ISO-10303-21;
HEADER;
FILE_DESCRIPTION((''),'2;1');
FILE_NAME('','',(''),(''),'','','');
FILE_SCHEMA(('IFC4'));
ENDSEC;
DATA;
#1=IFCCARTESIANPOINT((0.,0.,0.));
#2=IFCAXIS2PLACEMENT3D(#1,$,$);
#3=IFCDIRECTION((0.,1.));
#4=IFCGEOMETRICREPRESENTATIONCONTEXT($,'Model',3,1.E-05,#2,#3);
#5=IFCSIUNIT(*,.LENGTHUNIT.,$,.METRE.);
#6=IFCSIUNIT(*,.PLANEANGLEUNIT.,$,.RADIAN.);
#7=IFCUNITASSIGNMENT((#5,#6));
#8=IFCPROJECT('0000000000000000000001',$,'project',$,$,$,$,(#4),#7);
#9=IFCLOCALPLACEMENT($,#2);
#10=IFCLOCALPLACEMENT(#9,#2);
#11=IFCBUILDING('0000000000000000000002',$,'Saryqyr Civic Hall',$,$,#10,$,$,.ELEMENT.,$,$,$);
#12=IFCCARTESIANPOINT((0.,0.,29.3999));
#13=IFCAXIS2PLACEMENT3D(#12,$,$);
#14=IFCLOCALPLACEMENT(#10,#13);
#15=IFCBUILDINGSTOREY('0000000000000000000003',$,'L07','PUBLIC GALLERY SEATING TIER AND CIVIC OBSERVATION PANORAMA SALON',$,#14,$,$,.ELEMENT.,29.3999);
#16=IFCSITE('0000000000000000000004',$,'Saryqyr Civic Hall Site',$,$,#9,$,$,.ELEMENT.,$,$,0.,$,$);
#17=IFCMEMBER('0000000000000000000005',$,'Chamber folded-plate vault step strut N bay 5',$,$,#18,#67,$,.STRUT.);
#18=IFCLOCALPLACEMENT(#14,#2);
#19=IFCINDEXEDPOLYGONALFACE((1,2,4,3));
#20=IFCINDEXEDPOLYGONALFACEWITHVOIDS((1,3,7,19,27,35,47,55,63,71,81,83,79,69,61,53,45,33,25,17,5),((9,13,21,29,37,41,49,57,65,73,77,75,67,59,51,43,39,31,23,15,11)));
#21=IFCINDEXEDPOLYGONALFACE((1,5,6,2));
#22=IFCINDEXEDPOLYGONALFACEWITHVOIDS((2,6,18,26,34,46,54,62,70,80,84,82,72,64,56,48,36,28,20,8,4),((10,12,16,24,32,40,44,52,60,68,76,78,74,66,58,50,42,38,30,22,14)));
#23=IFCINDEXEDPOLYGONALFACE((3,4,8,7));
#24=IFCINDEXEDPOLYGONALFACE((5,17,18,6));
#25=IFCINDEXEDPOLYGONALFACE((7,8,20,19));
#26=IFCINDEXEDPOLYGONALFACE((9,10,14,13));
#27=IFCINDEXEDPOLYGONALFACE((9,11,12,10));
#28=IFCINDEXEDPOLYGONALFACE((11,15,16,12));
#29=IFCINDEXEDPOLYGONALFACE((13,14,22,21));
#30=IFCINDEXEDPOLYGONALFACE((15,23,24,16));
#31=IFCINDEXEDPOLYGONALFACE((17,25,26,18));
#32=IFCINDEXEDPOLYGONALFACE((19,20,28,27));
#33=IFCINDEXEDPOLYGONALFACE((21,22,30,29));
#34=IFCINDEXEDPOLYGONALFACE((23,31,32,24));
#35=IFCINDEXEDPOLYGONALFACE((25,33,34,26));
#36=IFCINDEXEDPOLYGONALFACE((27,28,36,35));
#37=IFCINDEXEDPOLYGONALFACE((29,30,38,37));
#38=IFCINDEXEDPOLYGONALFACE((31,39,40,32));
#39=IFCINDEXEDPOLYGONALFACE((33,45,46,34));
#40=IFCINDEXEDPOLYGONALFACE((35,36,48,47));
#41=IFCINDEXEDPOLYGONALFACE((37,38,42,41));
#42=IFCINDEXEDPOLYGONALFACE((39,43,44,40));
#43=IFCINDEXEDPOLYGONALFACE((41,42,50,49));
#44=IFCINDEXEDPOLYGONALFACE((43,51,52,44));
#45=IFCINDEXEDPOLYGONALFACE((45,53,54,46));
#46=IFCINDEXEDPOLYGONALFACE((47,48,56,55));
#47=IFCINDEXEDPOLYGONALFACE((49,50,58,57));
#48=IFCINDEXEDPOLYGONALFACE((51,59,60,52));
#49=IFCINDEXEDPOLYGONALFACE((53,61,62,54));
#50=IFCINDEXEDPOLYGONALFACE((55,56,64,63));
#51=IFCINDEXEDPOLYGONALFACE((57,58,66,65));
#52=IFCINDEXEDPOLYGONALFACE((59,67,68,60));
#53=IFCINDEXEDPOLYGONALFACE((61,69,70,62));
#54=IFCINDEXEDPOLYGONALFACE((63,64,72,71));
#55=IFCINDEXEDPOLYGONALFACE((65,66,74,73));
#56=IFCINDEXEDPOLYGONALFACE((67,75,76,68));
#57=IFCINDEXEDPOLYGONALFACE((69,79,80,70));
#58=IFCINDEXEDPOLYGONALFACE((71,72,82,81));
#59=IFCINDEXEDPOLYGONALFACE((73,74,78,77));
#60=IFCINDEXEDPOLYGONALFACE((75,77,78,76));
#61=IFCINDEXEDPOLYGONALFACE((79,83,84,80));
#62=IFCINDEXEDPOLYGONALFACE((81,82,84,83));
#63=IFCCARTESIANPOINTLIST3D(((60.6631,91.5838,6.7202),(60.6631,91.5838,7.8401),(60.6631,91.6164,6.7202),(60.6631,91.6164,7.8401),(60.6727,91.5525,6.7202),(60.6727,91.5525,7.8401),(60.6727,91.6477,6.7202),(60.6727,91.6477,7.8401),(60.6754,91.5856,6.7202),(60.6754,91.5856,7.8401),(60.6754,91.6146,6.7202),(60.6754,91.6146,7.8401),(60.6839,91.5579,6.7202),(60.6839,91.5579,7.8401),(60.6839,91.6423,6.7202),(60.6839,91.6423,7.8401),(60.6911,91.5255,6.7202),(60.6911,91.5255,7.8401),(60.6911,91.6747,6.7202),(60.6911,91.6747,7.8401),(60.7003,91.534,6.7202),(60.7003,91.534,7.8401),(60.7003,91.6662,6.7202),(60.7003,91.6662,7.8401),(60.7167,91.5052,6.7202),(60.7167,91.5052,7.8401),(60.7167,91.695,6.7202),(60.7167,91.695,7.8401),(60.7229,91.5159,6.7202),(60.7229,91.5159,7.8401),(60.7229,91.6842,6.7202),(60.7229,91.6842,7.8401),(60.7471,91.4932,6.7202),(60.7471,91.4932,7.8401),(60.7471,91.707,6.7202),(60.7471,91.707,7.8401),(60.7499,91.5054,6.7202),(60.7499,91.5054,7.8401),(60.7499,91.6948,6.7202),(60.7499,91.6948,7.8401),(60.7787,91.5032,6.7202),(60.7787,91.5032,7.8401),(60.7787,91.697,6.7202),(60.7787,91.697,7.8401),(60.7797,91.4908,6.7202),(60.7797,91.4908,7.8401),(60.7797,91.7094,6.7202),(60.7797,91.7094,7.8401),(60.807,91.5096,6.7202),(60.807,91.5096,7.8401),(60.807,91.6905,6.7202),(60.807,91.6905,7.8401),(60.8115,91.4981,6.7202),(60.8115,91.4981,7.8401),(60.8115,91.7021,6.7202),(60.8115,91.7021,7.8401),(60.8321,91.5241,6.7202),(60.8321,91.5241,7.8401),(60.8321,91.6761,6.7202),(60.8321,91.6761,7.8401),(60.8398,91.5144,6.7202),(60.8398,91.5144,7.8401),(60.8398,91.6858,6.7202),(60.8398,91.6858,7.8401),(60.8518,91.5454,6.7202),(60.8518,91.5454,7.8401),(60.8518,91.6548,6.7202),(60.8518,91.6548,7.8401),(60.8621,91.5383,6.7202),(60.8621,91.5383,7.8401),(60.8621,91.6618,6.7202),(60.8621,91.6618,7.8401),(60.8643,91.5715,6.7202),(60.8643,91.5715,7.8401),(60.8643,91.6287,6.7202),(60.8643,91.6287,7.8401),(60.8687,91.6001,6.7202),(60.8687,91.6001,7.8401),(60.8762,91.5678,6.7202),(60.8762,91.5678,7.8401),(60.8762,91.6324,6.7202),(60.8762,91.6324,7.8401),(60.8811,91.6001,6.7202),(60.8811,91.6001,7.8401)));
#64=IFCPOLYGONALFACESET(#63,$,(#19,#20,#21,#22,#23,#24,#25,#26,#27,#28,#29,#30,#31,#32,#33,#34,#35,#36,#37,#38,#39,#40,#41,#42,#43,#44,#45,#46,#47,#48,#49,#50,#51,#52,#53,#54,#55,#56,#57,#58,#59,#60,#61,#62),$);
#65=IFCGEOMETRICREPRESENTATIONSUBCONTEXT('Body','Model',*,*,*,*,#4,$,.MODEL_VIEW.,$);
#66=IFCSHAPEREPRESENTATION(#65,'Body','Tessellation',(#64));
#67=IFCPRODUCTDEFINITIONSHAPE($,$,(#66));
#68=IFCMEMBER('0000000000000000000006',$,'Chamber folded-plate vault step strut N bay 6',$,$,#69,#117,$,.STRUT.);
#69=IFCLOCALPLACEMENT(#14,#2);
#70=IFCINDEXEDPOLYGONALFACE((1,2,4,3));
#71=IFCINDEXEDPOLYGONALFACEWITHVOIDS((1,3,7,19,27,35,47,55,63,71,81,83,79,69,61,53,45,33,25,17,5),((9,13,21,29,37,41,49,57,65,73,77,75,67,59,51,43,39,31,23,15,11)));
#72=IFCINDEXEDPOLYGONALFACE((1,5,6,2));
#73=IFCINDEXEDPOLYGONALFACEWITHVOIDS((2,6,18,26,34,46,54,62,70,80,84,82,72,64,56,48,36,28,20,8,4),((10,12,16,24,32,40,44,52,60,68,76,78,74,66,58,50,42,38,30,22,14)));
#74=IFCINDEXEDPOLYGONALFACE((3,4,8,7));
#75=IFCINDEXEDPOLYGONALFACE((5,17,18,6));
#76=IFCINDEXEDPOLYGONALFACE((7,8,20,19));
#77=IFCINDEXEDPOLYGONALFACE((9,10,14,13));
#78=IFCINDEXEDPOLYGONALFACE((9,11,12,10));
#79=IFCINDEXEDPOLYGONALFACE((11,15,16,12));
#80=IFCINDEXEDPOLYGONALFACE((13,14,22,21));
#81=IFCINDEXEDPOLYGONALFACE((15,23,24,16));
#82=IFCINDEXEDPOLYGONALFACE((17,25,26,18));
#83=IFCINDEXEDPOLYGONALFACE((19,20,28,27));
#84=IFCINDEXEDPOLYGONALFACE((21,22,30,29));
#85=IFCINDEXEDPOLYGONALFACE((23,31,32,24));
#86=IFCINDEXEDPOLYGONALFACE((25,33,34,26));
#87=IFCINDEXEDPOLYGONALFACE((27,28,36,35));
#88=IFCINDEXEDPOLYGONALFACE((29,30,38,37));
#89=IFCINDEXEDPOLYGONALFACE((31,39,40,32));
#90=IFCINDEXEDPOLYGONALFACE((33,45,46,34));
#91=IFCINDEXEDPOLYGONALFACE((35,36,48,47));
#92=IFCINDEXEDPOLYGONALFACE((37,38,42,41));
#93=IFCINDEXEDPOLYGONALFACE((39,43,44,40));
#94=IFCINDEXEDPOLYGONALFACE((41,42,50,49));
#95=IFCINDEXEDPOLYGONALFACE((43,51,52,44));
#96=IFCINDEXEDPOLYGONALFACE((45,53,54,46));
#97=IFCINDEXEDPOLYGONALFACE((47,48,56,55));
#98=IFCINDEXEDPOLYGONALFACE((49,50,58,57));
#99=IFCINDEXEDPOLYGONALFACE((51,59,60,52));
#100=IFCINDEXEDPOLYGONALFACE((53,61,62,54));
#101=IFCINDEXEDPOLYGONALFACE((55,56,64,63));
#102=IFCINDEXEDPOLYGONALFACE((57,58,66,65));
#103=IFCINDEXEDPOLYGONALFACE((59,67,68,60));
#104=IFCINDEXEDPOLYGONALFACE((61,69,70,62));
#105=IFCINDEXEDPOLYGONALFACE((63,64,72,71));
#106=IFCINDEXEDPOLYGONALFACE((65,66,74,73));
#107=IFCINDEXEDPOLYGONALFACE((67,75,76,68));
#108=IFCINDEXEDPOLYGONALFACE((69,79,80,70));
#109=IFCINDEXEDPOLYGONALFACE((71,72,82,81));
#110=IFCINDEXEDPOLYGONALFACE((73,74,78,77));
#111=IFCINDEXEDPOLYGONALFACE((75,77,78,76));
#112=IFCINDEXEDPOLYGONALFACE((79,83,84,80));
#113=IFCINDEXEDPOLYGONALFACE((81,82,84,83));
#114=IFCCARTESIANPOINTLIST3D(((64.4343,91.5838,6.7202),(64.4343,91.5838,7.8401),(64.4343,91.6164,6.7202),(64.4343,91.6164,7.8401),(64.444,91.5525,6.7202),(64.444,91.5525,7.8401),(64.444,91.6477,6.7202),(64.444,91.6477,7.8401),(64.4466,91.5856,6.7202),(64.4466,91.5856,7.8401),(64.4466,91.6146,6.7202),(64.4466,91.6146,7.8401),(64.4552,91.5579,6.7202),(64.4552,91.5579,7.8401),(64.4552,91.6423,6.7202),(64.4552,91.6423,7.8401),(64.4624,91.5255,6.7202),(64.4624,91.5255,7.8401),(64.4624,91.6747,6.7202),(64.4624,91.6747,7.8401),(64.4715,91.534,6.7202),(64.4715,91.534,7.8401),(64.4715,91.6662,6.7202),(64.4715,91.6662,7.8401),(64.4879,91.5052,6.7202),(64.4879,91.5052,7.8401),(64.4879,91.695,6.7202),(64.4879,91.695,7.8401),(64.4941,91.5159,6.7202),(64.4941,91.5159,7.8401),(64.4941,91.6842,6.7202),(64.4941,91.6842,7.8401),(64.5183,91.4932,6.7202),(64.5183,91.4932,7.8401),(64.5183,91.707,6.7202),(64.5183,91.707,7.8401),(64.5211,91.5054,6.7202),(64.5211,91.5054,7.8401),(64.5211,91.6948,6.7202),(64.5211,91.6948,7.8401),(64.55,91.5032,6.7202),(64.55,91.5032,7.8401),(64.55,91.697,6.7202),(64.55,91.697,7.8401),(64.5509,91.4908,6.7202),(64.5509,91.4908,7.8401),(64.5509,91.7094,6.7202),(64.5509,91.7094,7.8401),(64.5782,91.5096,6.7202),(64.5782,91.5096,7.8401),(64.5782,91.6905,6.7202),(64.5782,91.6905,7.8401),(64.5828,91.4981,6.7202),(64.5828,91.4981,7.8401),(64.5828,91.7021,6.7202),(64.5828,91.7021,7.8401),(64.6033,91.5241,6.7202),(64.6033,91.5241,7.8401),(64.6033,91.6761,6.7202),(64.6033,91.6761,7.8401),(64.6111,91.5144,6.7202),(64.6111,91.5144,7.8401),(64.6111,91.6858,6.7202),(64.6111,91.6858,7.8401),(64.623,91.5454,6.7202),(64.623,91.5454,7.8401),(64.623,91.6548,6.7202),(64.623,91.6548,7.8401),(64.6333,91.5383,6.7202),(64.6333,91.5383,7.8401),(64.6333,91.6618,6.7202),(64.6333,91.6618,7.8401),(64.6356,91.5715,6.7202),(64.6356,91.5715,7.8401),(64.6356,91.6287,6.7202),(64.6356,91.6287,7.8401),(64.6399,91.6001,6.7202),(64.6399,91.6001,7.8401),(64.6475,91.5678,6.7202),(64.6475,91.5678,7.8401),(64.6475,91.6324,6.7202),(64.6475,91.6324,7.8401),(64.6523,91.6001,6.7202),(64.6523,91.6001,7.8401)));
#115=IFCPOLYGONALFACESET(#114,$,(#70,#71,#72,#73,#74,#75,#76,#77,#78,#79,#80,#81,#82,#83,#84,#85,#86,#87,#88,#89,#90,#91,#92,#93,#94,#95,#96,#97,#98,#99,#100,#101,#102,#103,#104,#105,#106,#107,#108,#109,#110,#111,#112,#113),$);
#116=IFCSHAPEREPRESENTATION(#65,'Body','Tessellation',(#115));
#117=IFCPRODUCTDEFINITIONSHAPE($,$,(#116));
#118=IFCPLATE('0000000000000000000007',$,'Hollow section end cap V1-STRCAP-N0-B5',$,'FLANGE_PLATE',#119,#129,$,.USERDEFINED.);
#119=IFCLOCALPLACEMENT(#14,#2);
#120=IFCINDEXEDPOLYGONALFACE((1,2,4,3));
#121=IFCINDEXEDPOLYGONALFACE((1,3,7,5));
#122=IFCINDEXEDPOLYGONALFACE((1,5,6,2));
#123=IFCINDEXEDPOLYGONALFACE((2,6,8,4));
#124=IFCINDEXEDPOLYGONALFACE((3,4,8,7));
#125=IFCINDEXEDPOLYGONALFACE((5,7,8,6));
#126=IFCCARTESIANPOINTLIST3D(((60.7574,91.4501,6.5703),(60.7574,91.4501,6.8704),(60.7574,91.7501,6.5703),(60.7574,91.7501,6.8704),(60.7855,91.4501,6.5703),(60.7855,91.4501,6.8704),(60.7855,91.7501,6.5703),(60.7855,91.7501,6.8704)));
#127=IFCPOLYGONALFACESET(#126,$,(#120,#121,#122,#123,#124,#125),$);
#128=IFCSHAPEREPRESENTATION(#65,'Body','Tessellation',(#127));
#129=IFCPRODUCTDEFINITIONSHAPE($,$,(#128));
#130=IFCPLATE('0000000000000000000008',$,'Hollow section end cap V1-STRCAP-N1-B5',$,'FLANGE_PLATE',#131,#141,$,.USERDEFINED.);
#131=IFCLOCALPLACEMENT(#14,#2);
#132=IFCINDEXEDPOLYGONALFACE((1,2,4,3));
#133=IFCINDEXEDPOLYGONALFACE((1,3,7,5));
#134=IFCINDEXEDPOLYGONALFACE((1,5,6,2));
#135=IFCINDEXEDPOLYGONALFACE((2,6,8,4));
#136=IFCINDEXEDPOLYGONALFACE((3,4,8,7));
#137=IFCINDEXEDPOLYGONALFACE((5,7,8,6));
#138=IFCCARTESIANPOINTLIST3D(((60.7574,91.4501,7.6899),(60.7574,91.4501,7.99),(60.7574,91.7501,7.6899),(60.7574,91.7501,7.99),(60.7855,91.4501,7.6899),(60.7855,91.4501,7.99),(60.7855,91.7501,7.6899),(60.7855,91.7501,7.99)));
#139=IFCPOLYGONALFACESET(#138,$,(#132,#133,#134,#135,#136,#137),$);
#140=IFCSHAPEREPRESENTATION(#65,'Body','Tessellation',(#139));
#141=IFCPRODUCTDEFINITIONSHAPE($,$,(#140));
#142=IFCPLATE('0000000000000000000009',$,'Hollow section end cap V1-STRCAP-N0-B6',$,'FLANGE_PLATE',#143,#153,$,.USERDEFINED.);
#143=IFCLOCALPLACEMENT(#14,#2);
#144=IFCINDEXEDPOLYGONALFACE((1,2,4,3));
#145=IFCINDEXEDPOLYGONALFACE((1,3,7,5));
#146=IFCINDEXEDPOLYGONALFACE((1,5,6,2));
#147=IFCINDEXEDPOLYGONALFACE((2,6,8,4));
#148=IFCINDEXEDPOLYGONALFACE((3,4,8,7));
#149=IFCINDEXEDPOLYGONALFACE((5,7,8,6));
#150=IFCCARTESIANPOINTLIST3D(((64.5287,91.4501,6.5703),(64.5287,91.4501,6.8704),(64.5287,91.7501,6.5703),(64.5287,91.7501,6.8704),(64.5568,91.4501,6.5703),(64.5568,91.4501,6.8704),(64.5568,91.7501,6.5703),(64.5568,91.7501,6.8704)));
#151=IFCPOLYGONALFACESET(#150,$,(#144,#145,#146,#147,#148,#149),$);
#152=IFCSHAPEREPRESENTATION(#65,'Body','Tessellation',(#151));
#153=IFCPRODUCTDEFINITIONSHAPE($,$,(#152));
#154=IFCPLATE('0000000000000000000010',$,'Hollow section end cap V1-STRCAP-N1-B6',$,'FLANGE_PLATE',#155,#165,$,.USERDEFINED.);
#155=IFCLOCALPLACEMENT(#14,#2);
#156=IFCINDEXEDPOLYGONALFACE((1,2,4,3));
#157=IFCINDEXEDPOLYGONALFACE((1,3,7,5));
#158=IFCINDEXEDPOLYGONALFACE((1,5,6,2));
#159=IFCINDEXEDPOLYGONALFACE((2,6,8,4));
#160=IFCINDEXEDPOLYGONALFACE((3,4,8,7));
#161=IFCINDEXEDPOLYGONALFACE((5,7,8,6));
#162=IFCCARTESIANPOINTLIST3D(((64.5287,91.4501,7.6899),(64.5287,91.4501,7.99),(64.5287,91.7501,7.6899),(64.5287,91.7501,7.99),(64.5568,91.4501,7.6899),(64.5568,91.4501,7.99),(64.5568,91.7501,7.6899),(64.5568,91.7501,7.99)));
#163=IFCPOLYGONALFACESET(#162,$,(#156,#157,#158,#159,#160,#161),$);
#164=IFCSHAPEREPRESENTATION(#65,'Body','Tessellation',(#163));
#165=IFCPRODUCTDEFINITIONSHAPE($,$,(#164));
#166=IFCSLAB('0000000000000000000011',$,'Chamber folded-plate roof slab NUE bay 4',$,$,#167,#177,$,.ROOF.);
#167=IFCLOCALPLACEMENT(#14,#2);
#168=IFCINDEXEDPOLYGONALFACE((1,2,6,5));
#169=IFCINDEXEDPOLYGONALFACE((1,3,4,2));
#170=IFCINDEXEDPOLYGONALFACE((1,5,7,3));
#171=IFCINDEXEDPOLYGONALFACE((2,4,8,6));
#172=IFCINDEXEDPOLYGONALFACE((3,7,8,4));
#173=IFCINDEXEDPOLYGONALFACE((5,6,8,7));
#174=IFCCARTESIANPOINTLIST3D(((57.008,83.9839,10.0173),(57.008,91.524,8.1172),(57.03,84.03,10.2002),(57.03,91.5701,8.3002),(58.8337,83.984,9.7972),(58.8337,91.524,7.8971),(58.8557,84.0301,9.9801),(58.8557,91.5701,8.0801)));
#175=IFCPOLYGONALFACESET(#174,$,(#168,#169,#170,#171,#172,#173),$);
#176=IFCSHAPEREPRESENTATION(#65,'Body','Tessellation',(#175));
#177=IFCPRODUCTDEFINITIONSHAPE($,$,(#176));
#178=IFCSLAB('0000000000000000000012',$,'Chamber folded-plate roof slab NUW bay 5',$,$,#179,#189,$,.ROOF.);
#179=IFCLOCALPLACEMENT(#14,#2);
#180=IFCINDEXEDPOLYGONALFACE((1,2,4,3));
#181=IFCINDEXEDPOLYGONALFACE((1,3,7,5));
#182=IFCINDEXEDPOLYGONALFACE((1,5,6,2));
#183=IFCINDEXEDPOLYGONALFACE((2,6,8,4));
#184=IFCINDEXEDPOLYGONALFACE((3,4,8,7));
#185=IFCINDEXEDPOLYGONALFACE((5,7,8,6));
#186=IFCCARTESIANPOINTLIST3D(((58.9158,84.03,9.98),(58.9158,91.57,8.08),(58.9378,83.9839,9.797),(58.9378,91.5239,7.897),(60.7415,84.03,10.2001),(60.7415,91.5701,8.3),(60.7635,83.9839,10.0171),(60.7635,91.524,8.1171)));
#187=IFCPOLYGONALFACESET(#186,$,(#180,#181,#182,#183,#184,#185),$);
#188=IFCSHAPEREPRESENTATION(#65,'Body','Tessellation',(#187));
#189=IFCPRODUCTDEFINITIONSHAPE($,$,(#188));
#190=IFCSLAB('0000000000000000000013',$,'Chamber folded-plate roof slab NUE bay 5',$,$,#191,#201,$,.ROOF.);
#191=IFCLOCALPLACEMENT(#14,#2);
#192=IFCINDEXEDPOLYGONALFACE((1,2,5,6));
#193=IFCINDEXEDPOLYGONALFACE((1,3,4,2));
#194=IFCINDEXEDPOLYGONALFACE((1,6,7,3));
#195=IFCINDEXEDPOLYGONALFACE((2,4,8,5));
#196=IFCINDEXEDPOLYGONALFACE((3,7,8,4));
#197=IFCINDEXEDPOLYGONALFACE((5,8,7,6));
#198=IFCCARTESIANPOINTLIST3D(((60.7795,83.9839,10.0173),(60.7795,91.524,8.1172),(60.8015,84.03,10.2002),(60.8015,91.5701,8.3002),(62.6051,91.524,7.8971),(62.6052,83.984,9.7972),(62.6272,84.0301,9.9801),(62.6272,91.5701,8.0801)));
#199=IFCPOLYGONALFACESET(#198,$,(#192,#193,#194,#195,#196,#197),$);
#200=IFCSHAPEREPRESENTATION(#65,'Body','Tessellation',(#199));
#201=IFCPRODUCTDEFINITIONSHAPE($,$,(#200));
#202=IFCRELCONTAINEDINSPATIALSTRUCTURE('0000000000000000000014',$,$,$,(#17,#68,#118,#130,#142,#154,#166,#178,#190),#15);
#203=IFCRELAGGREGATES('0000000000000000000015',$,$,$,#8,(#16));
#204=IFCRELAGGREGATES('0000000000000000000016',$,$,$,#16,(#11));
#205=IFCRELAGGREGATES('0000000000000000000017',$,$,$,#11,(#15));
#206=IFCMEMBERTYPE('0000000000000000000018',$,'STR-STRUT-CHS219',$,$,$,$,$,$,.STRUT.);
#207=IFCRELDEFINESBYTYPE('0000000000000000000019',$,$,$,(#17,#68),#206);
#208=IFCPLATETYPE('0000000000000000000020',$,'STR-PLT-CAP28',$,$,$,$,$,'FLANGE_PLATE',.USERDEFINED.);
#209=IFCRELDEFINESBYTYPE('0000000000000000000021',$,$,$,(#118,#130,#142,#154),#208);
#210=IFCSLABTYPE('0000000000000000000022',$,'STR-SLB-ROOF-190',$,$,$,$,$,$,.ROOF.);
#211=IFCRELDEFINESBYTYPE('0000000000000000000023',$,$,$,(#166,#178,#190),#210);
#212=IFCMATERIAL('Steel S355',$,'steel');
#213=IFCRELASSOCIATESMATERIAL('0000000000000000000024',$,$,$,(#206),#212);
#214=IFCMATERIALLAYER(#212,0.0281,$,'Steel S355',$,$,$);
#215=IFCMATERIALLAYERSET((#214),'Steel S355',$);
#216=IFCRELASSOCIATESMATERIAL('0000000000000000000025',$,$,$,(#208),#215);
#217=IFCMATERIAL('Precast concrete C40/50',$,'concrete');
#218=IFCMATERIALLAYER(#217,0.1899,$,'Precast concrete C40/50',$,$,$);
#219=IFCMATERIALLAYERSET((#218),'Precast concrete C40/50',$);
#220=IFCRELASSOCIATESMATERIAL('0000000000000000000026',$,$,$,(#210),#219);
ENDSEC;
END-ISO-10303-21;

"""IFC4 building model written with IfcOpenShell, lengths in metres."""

from ifc_helpers import new_model, si_unit, direction, frame, origin, origin_2d, place, context, subcontext, project, spatial, polyline, rectangle, hollow_circle, outline, extrude, material, layer, layer_set, material_profile, profile_set, type_object, element, save


model = new_model("IFC4")

# Units and contexts
model_context = context("Model", 3, precision=1e-05, world=origin(), true_north=direction((0.0, 1.0)))
body_context = subcontext(model_context, "Body", "Model", "MODEL_VIEW")
ifc_project = project(units=[si_unit("LENGTHUNIT", "METRE"), si_unit("PLANEANGLEUNIT", "RADIAN")], contexts=[model_context])

# Site, building, storey
site_placement = place(None, origin())
site = spatial("IfcSite", under=ifc_project, at=site_placement, Name="Saryqyr Civic Hall Site", CompositionType="ELEMENT", RefElevation=0.0)
building_placement = place(site_placement, origin())
building = spatial("IfcBuilding", under=site, at=building_placement, Name="Saryqyr Civic Hall", CompositionType="ELEMENT")
storey_placement = place(building_placement, frame((0.0, 0.0, 29.3999)))
storey = spatial("IfcBuildingStorey", under=building, at=storey_placement, Name="L07", Description="PUBLIC GALLERY SEATING TIER AND CIVIC OBSERVATION PANORAMA SALON", CompositionType="ELEMENT", Elevation=29.3999)

# Shared definitions
ifc_material_1 = material(Name="Steel S355", Category="steel")

# Members
ifc_material_profile_1 = material_profile(ifc_material_1, hollow_circle(Radius=0.1096, WallThickness=0.0125, at=origin_2d()), Name="CHS 219.1x12.5")
ifc_profile_set_1 = profile_set([ifc_material_profile_1], Name="Steel S355")
member_type_1 = type_object("IfcMemberType", Name="STR-STRUT-CHS219", PredefinedType="STRUT", material=ifc_profile_set_1)
for number, where, z_axis, x_axis, name in (
    (1, (60.7715, 91.6001, 6.7202), (0.0, 0.0, 1.0), (1.0, 0.0, 0.0), "Chamber folded-plate vault step strut N bay 5"),
    (2, (64.5427, 91.6001, 6.7202), (0.0, 0.0, 1.0), (1.0, 0.0, 0.0), "Chamber folded-plate vault step strut N bay 6"),
):
    element("IfcMember", number, at=place(storey_placement, frame(where, z_axis=z_axis, x_axis=x_axis)), inside=storey, type_object=member_type_1, Name=name, PredefinedType="STRUT", context=body_context, shape_type="SweptSolid", body=[
        extrude(hollow_circle(Radius=0.1096, WallThickness=0.0125, at=origin_2d()), origin(), (0.0, 0.0, 1.0), 1.1199),
    ])

# Plates
ifc_layer_1 = layer(ifc_material_1, 0.0281, Name="Steel S355")
ifc_layer_set_1 = layer_set([ifc_layer_1], Name="Steel S355")
plate_type = type_object("IfcPlateType", Name="STR-PLT-CAP28", ElementType="FLANGE_PLATE", PredefinedType="USERDEFINED", material=ifc_layer_set_1)
for number, where, z_axis, x_axis, name in (
    (3, (60.7715, 91.6001, 6.5703), (0.0, 0.0, 1.0), (1.0, 0.0, 0.0), "Hollow section end cap V1-STRCAP-N0-B5"),
    (4, (60.7715, 91.6001, 7.6899), (0.0, 0.0, 1.0), (1.0, 0.0, 0.0), "Hollow section end cap V1-STRCAP-N1-B5"),
    (5, (64.5427, 91.6001, 6.5703), (0.0, 0.0, 1.0), (1.0, 0.0, 0.0), "Hollow section end cap V1-STRCAP-N0-B6"),
    (6, (64.5427, 91.6001, 7.6899), (0.0, 0.0, 1.0), (1.0, 0.0, 0.0), "Hollow section end cap V1-STRCAP-N1-B6"),
):
    element("IfcPlate", number, at=place(storey_placement, frame(where, z_axis=z_axis, x_axis=x_axis)), inside=storey, type_object=plate_type, Name=name, ObjectType="FLANGE_PLATE", PredefinedType="USERDEFINED", context=body_context, shape_type="SweptSolid", body=[
        extrude(rectangle(XDim=0.0281, YDim=0.3, at=origin_2d()), origin(), (0.0, 0.0, 1.0), 0.3),
    ])

# Slabs
ifc_material_2 = material(Name="Precast concrete C40/50", Category="concrete")
ifc_layer_2 = layer(ifc_material_2, 0.1899, Name="Precast concrete C40/50")
ifc_layer_set_2 = layer_set([ifc_layer_2], Name="Precast concrete C40/50")
slab_type = type_object("IfcSlabType", Name="STR-SLB-ROOF-190", PredefinedType="ROOF", material=ifc_layer_set_2)
slab_1_placement = place(storey_placement, frame((58.8557, 91.5701, 8.0801), z_axis=(0.116109, 0.2427, 0.963128), x_axis=(-0.992812, 0.000016, 0.119683)))
element("IfcSlab", 7, at=slab_1_placement, inside=storey, type_object=slab_type, Name="Chamber folded-plate roof slab NUE bay 4", PredefinedType="ROOF", context=body_context, shape_type="SweptSolid", body=[
    extrude(outline(polyline([(0.0, 0.0), (1.8389, 0.0), (2.0662, 7.7725), (0.2273, 7.7724), (0.0, 0.0)])), origin(), (0.0, 0.0, -1.0), 0.1899),
])
slab_2_placement = place(storey_placement, frame((60.7415, 91.5701, 8.3), z_axis=(-0.116109, 0.2427, 0.963128), x_axis=(-0.992812, -0.000016, -0.119683)))
element("IfcSlab", 8, at=slab_2_placement, inside=storey, type_object=slab_type, Name="Chamber folded-plate roof slab NUW bay 5", PredefinedType="ROOF", context=body_context, shape_type="SweptSolid", body=[
    extrude(outline(polyline([(0.0, 0.0), (1.8389, 0.0), (1.6116, 7.7724), (-0.2273, 7.7725), (0.0, 0.0)])), origin(), (0.0, 0.0, -1.0), 0.1899),
])
slab_3_placement = place(storey_placement, frame((62.6272, 91.5701, 8.0801), z_axis=(0.116109, 0.2427, 0.963128), x_axis=(-0.992812, 0.000016, 0.119683)))
element("IfcSlab", 9, at=slab_3_placement, inside=storey, type_object=slab_type, Name="Chamber folded-plate roof slab NUE bay 5", PredefinedType="ROOF", context=body_context, shape_type="SweptSolid", body=[
    extrude(outline(polyline([(0.0, 0.0), (1.8389, 0.0), (2.0662, 7.7725), (0.2273, 7.7724), (0.0, 0.0)])), origin(), (0.0, 0.0, -1.0), 0.1899),
])

save(model, "model.ifc")
